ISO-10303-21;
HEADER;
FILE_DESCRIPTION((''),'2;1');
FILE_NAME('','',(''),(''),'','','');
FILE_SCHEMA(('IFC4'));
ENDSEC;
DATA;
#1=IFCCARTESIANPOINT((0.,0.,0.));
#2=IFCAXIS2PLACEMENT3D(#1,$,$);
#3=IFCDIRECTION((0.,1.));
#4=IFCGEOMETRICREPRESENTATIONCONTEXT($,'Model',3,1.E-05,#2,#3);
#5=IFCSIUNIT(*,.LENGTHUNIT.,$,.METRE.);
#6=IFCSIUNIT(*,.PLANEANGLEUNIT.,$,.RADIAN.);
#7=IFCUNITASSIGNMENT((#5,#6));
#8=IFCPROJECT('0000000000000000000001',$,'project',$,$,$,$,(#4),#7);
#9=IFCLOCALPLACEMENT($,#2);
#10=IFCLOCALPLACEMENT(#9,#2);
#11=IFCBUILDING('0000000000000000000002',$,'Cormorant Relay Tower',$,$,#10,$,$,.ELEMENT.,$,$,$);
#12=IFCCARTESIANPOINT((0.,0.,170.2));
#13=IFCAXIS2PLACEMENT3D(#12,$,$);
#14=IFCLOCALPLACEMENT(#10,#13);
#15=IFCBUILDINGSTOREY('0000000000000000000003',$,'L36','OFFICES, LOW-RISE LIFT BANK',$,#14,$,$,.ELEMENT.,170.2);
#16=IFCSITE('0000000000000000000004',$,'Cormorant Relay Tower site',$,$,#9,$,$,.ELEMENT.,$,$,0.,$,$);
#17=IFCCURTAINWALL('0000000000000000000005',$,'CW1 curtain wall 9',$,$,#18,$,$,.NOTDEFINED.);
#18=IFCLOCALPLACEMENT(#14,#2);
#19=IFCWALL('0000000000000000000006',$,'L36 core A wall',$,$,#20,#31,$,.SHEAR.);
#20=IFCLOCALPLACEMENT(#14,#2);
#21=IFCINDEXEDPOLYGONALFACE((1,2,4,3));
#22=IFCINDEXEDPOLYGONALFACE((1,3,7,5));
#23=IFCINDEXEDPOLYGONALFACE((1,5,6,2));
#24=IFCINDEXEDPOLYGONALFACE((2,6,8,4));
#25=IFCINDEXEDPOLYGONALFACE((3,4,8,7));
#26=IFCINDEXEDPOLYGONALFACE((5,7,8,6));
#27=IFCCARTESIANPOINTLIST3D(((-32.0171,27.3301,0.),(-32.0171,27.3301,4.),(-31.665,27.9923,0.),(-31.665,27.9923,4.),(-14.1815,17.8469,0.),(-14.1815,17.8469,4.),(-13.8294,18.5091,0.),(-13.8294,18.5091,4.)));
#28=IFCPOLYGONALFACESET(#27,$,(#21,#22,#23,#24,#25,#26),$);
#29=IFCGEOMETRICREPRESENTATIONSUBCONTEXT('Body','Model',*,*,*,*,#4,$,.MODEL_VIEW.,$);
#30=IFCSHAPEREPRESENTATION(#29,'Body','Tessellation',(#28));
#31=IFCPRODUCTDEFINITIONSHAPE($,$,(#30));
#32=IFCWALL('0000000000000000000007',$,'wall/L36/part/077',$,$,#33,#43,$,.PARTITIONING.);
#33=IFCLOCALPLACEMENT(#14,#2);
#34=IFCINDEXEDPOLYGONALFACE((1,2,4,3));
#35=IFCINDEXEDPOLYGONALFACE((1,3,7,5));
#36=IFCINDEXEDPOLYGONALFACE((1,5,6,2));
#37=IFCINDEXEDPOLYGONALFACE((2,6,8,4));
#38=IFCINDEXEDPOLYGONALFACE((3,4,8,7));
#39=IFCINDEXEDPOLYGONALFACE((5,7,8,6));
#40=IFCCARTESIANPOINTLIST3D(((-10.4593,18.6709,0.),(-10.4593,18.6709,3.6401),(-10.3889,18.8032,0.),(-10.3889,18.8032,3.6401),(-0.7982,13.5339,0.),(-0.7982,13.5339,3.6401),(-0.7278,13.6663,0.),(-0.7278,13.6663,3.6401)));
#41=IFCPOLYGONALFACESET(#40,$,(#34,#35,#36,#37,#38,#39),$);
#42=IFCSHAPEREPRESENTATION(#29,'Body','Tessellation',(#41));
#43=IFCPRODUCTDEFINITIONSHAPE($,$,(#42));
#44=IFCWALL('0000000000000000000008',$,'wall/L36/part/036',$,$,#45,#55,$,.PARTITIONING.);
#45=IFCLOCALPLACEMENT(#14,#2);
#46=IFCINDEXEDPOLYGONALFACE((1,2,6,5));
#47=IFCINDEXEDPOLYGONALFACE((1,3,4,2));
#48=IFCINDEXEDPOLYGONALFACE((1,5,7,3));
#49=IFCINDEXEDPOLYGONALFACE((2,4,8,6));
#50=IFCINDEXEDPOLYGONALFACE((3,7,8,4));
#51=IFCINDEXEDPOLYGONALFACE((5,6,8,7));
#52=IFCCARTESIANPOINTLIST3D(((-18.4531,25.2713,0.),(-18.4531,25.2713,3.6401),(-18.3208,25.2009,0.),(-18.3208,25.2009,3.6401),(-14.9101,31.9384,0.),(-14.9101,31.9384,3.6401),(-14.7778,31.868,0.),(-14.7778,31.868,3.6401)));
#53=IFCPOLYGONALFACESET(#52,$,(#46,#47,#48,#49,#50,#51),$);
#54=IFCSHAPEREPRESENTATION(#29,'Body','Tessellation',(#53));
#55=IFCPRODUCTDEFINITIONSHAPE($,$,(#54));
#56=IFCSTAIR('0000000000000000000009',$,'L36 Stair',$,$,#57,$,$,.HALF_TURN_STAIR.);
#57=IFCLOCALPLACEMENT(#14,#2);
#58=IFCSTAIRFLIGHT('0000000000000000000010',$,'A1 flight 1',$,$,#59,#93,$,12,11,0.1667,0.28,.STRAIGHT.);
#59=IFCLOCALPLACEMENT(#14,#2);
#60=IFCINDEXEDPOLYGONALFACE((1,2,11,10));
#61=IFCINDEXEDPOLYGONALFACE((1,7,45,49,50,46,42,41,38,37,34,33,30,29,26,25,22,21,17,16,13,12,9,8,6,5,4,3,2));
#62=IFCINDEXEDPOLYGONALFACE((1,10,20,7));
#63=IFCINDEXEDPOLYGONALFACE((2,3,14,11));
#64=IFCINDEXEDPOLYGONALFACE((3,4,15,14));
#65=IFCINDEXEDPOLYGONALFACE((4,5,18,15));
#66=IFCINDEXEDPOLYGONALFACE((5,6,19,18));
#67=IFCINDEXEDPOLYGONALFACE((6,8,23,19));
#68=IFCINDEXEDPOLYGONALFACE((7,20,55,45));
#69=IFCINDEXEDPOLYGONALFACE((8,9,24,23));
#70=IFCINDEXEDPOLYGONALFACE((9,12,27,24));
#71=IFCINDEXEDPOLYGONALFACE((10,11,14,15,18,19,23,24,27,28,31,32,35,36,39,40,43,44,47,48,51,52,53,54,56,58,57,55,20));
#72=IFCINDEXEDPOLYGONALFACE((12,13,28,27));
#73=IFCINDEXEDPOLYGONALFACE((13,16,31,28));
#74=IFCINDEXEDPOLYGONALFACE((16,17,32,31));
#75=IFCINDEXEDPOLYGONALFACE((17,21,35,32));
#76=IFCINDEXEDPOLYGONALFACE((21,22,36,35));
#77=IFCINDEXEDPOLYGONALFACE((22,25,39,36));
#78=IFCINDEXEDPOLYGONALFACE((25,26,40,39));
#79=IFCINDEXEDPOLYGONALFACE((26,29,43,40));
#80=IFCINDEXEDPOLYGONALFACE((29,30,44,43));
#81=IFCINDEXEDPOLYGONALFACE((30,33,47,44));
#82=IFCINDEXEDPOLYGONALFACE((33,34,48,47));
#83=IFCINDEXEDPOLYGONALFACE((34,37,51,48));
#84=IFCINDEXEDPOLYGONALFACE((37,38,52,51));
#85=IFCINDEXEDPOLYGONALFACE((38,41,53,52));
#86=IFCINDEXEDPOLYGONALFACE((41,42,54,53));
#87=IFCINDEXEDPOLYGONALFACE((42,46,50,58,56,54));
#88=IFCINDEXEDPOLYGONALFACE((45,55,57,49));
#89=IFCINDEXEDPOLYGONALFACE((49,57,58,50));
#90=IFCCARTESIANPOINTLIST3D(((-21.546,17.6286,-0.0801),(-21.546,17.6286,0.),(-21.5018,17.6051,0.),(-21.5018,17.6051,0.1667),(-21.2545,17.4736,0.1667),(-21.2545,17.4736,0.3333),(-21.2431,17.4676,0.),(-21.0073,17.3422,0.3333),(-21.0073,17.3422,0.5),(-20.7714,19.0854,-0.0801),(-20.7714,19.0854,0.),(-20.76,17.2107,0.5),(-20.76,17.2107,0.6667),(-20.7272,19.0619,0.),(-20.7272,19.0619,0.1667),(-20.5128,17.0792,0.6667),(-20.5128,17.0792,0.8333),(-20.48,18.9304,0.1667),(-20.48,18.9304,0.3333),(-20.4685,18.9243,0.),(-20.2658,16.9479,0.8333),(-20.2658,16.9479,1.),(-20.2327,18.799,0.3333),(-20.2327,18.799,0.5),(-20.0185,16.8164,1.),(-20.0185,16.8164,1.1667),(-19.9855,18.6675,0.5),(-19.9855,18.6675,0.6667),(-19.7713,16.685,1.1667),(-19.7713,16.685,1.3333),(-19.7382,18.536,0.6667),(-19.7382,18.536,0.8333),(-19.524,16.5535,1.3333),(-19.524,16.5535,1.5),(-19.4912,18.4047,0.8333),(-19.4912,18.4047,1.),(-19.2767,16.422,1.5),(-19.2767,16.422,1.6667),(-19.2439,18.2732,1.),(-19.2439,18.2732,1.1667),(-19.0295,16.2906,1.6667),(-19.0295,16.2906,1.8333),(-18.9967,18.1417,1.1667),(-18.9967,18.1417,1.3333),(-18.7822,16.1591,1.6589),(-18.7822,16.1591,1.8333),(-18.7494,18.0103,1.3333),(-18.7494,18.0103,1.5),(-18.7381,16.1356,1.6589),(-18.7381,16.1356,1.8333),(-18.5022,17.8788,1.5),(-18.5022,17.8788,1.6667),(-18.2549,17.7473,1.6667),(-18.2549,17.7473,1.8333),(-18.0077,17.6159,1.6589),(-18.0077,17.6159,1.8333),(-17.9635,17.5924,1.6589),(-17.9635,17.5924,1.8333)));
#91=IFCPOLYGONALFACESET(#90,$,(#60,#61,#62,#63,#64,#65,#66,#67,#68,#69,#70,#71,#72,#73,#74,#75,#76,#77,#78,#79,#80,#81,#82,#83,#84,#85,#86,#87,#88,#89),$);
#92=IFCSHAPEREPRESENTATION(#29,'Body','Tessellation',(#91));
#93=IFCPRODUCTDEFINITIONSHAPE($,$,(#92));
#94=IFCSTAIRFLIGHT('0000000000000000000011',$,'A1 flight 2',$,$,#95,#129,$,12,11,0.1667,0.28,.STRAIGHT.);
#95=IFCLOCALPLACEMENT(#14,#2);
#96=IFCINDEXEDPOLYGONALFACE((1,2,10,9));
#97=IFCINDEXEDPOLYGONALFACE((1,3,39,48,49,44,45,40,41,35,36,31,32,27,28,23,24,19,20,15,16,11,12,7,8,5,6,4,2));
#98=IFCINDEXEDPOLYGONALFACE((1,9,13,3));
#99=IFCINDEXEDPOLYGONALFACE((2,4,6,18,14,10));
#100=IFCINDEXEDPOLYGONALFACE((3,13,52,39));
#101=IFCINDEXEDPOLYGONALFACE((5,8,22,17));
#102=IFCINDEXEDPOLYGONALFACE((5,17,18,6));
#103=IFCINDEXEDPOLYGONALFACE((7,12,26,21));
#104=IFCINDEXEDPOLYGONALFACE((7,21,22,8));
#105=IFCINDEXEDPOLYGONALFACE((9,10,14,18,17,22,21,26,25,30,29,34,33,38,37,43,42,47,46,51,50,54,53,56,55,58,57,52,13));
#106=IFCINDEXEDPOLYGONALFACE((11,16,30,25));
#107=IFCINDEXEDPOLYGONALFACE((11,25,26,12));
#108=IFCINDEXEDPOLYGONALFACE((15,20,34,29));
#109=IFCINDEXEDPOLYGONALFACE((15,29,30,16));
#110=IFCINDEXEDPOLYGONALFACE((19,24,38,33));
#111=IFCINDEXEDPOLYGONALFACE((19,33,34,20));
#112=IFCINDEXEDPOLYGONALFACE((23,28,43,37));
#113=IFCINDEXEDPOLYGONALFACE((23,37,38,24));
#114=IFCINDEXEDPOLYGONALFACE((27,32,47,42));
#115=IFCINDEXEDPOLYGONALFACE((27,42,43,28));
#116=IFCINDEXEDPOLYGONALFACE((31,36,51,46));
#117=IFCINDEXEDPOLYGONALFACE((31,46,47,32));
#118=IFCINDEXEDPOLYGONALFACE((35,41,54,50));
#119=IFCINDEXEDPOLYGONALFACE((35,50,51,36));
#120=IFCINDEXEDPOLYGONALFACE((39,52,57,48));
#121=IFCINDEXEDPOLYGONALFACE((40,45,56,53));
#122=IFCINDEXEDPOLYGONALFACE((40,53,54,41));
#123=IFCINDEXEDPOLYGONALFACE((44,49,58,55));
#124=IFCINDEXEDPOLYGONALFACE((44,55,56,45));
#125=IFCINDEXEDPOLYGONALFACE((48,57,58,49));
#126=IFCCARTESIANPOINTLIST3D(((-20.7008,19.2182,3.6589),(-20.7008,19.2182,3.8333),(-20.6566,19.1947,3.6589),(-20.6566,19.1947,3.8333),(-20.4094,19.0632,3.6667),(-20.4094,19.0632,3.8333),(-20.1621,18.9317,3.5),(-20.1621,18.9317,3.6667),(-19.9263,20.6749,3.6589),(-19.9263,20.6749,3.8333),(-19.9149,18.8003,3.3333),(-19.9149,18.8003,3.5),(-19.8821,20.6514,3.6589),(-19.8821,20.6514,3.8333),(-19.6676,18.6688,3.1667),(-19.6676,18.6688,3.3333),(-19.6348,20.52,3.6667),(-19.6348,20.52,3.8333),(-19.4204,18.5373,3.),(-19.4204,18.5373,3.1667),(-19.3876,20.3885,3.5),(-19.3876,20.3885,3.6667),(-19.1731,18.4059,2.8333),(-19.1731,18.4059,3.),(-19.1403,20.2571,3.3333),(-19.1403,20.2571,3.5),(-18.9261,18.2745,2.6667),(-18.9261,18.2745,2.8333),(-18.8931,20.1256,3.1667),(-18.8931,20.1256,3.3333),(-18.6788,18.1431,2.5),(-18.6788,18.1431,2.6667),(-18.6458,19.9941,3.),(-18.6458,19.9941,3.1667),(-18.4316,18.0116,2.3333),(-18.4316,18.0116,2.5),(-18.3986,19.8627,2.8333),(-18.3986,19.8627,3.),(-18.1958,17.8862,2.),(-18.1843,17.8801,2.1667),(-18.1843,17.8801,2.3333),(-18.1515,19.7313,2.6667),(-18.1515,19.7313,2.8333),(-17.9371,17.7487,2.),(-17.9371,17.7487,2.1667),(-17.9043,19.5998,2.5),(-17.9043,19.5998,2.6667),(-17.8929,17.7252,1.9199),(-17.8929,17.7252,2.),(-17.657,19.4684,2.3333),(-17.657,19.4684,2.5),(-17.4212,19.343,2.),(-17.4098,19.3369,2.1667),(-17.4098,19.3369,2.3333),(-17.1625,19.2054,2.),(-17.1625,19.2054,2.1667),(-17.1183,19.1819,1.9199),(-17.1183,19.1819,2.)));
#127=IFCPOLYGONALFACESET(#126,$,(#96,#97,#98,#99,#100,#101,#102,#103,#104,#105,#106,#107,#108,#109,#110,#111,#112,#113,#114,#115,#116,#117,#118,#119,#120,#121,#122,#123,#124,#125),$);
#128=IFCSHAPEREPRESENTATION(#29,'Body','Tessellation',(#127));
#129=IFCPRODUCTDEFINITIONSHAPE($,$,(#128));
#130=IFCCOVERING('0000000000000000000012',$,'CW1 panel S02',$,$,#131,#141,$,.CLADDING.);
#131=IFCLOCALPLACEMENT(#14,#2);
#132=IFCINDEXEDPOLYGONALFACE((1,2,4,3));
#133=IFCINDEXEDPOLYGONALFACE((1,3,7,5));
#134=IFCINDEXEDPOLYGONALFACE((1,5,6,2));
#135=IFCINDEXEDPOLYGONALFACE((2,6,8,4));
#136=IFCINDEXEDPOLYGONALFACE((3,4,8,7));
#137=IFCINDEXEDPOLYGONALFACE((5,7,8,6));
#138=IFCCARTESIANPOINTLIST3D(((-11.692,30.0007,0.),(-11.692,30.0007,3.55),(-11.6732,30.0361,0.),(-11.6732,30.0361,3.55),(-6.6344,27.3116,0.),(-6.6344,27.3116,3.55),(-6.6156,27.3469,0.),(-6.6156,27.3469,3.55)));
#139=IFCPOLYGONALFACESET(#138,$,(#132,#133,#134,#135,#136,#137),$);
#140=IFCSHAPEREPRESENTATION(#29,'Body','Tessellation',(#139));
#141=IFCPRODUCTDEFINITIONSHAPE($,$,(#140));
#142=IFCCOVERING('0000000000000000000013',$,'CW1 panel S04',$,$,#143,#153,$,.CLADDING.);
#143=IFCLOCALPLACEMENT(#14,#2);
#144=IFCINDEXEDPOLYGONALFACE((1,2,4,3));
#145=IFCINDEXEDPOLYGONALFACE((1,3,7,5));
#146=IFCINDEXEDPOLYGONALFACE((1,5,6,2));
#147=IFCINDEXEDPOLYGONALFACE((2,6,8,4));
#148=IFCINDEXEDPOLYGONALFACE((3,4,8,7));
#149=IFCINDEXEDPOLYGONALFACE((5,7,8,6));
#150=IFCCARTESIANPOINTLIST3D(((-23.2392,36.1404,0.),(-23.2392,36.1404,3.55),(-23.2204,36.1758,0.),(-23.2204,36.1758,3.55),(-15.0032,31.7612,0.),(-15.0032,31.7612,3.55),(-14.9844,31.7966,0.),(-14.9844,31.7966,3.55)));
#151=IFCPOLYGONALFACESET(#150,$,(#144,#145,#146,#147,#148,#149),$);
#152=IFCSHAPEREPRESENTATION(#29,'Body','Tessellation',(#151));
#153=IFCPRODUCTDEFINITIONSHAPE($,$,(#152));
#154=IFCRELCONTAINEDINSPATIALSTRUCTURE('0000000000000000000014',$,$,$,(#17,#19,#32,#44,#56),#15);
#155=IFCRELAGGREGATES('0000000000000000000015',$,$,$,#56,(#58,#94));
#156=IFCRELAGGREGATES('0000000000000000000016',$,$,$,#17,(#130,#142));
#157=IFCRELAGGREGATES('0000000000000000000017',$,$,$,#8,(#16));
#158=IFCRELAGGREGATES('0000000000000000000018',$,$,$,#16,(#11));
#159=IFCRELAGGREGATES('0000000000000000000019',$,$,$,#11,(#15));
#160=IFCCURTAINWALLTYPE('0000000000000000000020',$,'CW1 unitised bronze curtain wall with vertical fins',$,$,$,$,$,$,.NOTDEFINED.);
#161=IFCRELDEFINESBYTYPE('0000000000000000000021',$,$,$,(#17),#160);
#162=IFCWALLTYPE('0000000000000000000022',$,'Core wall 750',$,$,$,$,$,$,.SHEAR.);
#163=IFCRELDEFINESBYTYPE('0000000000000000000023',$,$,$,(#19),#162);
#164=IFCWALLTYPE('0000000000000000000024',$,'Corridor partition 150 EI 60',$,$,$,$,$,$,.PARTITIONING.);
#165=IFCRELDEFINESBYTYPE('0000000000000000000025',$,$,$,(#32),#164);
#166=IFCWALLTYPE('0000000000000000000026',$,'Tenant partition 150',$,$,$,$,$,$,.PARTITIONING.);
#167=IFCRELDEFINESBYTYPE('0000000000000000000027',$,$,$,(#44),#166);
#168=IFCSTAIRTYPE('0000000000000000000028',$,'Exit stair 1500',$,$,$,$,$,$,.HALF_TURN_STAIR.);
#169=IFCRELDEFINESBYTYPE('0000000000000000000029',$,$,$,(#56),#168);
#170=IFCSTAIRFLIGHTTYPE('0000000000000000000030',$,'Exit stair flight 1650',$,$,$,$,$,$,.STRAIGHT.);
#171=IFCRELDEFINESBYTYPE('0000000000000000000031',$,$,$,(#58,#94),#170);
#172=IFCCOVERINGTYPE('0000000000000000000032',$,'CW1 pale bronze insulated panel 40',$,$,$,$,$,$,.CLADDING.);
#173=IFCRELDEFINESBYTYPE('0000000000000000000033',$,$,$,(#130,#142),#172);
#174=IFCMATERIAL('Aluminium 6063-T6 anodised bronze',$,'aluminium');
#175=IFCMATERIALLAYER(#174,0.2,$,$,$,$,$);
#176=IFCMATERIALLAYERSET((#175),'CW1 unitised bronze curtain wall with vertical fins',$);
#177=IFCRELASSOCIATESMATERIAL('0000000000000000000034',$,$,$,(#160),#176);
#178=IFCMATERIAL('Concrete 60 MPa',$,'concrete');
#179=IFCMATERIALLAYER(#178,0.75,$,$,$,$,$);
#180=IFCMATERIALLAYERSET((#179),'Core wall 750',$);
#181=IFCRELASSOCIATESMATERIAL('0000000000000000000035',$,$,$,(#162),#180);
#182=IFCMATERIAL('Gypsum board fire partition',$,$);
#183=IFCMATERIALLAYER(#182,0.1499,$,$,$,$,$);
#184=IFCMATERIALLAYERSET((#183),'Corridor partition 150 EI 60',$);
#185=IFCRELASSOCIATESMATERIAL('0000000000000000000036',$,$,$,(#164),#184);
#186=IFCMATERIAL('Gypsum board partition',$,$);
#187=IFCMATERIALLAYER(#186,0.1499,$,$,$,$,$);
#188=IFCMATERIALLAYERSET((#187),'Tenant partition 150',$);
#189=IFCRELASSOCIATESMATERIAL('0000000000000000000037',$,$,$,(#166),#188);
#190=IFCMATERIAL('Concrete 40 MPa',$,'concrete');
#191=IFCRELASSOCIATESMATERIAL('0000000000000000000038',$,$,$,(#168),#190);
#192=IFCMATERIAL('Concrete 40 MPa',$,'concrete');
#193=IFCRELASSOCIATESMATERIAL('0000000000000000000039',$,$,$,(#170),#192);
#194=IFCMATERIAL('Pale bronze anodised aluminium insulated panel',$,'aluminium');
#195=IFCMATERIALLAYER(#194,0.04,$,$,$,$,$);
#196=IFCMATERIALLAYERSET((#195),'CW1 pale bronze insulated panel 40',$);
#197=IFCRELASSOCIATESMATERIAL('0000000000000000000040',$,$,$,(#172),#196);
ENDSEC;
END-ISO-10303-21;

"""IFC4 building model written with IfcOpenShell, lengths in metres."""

from ifc_helpers import new_model, si_unit, direction, frame, frame_2d, origin, origin_2d, place, context, subcontext, project, spatial, polyline, rectangle, outline, extrude, material, layer, layer_set, type_object, element, aggregate, save


model = new_model("IFC4")

# Units and contexts
model_context = context("Model", 3, precision=1e-05, world=origin(), true_north=direction((0.0, 1.0)))
body_context = subcontext(model_context, "Body", "Model", "MODEL_VIEW")
ifc_project = project(units=[si_unit("LENGTHUNIT", "METRE"), si_unit("PLANEANGLEUNIT", "RADIAN")], contexts=[model_context])

# Site, building, storey
site_placement = place(None, origin())
site = spatial("IfcSite", under=ifc_project, at=site_placement, Name="Cormorant Relay Tower site", CompositionType="ELEMENT", RefElevation=0.0)
building_placement = place(site_placement, origin())
building = spatial("IfcBuilding", under=site, at=building_placement, Name="Cormorant Relay Tower", CompositionType="ELEMENT")
storey_placement = place(building_placement, frame((0.0, 0.0, 170.2)))
storey = spatial("IfcBuildingStorey", under=building, at=storey_placement, Name="L36", Description="OFFICES, LOW-RISE LIFT BANK", CompositionType="ELEMENT", Elevation=170.2)

# Curtain wall
ifc_material_1 = material(Name="Aluminium 6063-T6 anodised bronze", Category="aluminium")
ifc_layer_1 = layer(ifc_material_1, 0.2)
ifc_layer_set_1 = layer_set([ifc_layer_1], Name="CW1 unitised bronze curtain wall with vertical fins")
curtain_wall_type = type_object("IfcCurtainWallType", Name="CW1 unitised bronze curtain wall with vertical fins", PredefinedType="NOTDEFINED", material=ifc_layer_set_1)
curtain_wall_placement = place(storey_placement, origin())
curtain_wall = element("IfcCurtainWall", 1, at=curtain_wall_placement, inside=storey, type_object=curtain_wall_type, Name="CW1 curtain wall 9", PredefinedType="NOTDEFINED")

# Shared definitions
ifc_material_2 = material(Name="Concrete 60 MPa", Category="concrete")
ifc_layer_2 = layer(ifc_material_2, 0.75)
ifc_layer_set_2 = layer_set([ifc_layer_2], Name="Core wall 750")
wall_type_1 = type_object("IfcWallType", Name="Core wall 750", PredefinedType="SHEAR", material=ifc_layer_set_2)

# Walls
wall_1_placement = place(storey_placement, frame((-14.0054, 18.178, 0.0), z_axis=(0.0, 0.0, 1.0), x_axis=(-0.88295, 0.469467, 0.0)))
element("IfcWall", 2, at=wall_1_placement, inside=storey, type_object=wall_type_1, Name="L36 core A wall", PredefinedType="SHEAR", context=body_context, shape_type="SweptSolid", body=[
    extrude(rectangle(XDim=20.2, YDim=0.75, at=frame_2d((10.1001, 0.0))), origin(), (0.0, 0.0, 1.0), 4.0),
])
ifc_material_3 = material(Name="Gypsum board fire partition")
ifc_layer_3 = layer(ifc_material_3, 0.1499)
ifc_layer_set_3 = layer_set([ifc_layer_3], Name="Corridor partition 150 EI 60")
wall_type_2 = type_object("IfcWallType", Name="Corridor partition 150 EI 60", PredefinedType="PARTITIONING", material=ifc_layer_set_3)
wall_2_placement = place(storey_placement, frame((-10.4241, 18.7371, 0.0), z_axis=(0.0, 0.0, 1.0), x_axis=(0.882946, -0.469475, 0.0)))
element("IfcWall", 3, at=wall_2_placement, inside=storey, type_object=wall_type_2, Name="wall/L36/part/077", PredefinedType="PARTITIONING", context=body_context, shape_type="SweptSolid", body=[
    extrude(rectangle(XDim=10.9419, YDim=0.1499, at=frame_2d((5.4709, 0.0))), origin(), (0.0, 0.0, 1.0), 3.6401),
])
ifc_material_4 = material(Name="Gypsum board partition")
ifc_layer_4 = layer(ifc_material_4, 0.1499)
ifc_layer_set_4 = layer_set([ifc_layer_4], Name="Tenant partition 150")
wall_type_3 = type_object("IfcWallType", Name="Tenant partition 150", PredefinedType="PARTITIONING", material=ifc_layer_set_4)
wall_3_placement = place(storey_placement, frame((-14.844, 31.9031, 0.0), z_axis=(0.0, 0.0, 1.0), x_axis=(-0.469272, -0.883054, 0.0)))
element("IfcWall", 4, at=wall_3_placement, inside=storey, type_object=wall_type_3, Name="wall/L36/part/036", PredefinedType="PARTITIONING", context=body_context, shape_type="SweptSolid", body=[
    extrude(rectangle(XDim=7.55, YDim=0.1499, at=frame_2d((3.7749, 0.0))), origin(), (0.0, 0.0, 1.0), 3.6401),
])

# Stair, stair flights
ifc_material_5 = material(Name="Concrete 40 MPa", Category="concrete")
stair_type = type_object("IfcStairType", Name="Exit stair 1500", PredefinedType="HALF_TURN_STAIR", material=ifc_material_5)
stair_placement = place(storey_placement, origin())
stair = element("IfcStair", 5, at=stair_placement, inside=storey, type_object=stair_type, Name="L36 Stair", PredefinedType="HALF_TURN_STAIR")
ifc_material_6 = material(Name="Concrete 40 MPa", Category="concrete")
stair_flight_type = type_object("IfcStairFlightType", Name="Exit stair flight 1650", PredefinedType="STRAIGHT", material=ifc_material_6)
stair_flight_1_placement = place(storey_placement, frame((-21.1145, 18.3335, 0.0), z_axis=(0.0, 0.0, 1.0), x_axis=(0.882948, -0.469472, 0.0)))
stair_flight_1 = element("IfcStairFlight", 6, at=stair_flight_1_placement, type_object=stair_flight_type, Name="A1 flight 1", NumberOfRisers=12, NumberOfTreads=11, PredefinedType="STRAIGHT", RiserHeight=0.1667, TreadLength=0.28, context=body_context, shape_type="SweptSolid", body=[
    extrude(outline(polyline([(-0.05, -0.0801), (-0.05, 0.0), (0.0, 0.0), (0.0, 0.1667), (0.28, 0.1667), (0.28, 0.3333), (0.5601, 0.3333), (0.5601, 0.5), (0.8401, 0.5), (0.8401, 0.6667), (1.1201, 0.6667), (1.1201, 0.8333), (1.3999, 0.8333), (1.3999, 1.0), (1.6799, 1.0), (1.6799, 1.1667), (1.96, 1.1667), (1.96, 1.3333), (2.24, 1.3333), (2.24, 1.5), (2.52, 1.5), (2.52, 1.6667), (2.8, 1.6667), (2.8, 1.8333), (3.0801, 1.8333), (3.1301, 1.8333), (3.1301, 1.6589), (3.0801, 1.6589), (0.293, 0.0), (-0.05, -0.0801)])), frame((0.0, 0.825, 0.0), z_axis=(0.0, -1.0, 0.0), x_axis=(1.0, 0.0, 0.0)), (0.0, 0.0, 1.0), 1.6499),
])
stair_flight_2_placement = place(storey_placement, frame((-17.5498, 18.4771, 2.0), z_axis=(0.0, 0.0, 1.0), x_axis=(-0.882948, 0.469472, 0.0)))
stair_flight_2 = element("IfcStairFlight", 7, at=stair_flight_2_placement, type_object=stair_flight_type, Name="A1 flight 2", NumberOfRisers=12, NumberOfTreads=11, PredefinedType="STRAIGHT", RiserHeight=0.1667, TreadLength=0.28, context=body_context, shape_type="SweptSolid", body=[
    extrude(outline(polyline([(-0.05, -0.0801), (-0.05, 0.0), (0.0, 0.0), (0.0, 0.1667), (0.28, 0.1667), (0.28, 0.3333), (0.5601, 0.3333), (0.5601, 0.5), (0.8401, 0.5), (0.8401, 0.6667), (1.1201, 0.6667), (1.1201, 0.8333), (1.3999, 0.8333), (1.3999, 1.0), (1.6799, 1.0), (1.6799, 1.1667), (1.96, 1.1667), (1.96, 1.3333), (2.24, 1.3333), (2.24, 1.5), (2.52, 1.5), (2.52, 1.6667), (2.8, 1.6667), (2.8, 1.8333), (3.0801, 1.8333), (3.1301, 1.8333), (3.1301, 1.6589), (3.0801, 1.6589), (0.293, 0.0), (-0.05, -0.0801)])), frame((0.0, 0.825, 0.0), z_axis=(0.0, -1.0, 0.0), x_axis=(1.0, 0.0, 0.0)), (0.0, 0.0, 1.0), 1.6499),
])
aggregate(stair, [stair_flight_1, stair_flight_2])

# Coverings
ifc_material_7 = material(Name="Pale bronze anodised aluminium insulated panel", Category="aluminium")
ifc_layer_5 = layer(ifc_material_7, 0.04)
ifc_layer_set_5 = layer_set([ifc_layer_5], Name="CW1 pale bronze insulated panel 40")
covering_type = type_object("IfcCoveringType", Name="CW1 pale bronze insulated panel 40", PredefinedType="CLADDING", material=ifc_layer_set_5)
covering_1_placement = place(storey_placement, frame((-9.1538, 28.6738, 0.0), z_axis=(0.0, 0.0, 1.0), x_axis=(-0.882948, 0.469472, 0.0)))
covering_1 = element("IfcCovering", 8, at=covering_1_placement, type_object=covering_type, Name="CW1 panel S02", PredefinedType="CLADDING", context=body_context, shape_type="SweptSolid", body=[
    extrude(rectangle(XDim=5.728, YDim=0.04, at=origin_2d()), origin(), (0.0, 0.0, 1.0), 3.55),
])
covering_2_placement = place(storey_placement, frame((-19.1118, 33.9685, 0.0), z_axis=(0.0, 0.0, 1.0), x_axis=(-0.882948, 0.469472, 0.0)))
covering_2 = element("IfcCovering", 9, at=covering_2_placement, type_object=covering_type, Name="CW1 panel S04", PredefinedType="CLADDING", context=body_context, shape_type="SweptSolid", body=[
    extrude(rectangle(XDim=9.3279, YDim=0.04, at=origin_2d()), origin(), (0.0, 0.0, 1.0), 3.55),
])
aggregate(curtain_wall, [covering_1, covering_2])

save(model, "model.ifc")
